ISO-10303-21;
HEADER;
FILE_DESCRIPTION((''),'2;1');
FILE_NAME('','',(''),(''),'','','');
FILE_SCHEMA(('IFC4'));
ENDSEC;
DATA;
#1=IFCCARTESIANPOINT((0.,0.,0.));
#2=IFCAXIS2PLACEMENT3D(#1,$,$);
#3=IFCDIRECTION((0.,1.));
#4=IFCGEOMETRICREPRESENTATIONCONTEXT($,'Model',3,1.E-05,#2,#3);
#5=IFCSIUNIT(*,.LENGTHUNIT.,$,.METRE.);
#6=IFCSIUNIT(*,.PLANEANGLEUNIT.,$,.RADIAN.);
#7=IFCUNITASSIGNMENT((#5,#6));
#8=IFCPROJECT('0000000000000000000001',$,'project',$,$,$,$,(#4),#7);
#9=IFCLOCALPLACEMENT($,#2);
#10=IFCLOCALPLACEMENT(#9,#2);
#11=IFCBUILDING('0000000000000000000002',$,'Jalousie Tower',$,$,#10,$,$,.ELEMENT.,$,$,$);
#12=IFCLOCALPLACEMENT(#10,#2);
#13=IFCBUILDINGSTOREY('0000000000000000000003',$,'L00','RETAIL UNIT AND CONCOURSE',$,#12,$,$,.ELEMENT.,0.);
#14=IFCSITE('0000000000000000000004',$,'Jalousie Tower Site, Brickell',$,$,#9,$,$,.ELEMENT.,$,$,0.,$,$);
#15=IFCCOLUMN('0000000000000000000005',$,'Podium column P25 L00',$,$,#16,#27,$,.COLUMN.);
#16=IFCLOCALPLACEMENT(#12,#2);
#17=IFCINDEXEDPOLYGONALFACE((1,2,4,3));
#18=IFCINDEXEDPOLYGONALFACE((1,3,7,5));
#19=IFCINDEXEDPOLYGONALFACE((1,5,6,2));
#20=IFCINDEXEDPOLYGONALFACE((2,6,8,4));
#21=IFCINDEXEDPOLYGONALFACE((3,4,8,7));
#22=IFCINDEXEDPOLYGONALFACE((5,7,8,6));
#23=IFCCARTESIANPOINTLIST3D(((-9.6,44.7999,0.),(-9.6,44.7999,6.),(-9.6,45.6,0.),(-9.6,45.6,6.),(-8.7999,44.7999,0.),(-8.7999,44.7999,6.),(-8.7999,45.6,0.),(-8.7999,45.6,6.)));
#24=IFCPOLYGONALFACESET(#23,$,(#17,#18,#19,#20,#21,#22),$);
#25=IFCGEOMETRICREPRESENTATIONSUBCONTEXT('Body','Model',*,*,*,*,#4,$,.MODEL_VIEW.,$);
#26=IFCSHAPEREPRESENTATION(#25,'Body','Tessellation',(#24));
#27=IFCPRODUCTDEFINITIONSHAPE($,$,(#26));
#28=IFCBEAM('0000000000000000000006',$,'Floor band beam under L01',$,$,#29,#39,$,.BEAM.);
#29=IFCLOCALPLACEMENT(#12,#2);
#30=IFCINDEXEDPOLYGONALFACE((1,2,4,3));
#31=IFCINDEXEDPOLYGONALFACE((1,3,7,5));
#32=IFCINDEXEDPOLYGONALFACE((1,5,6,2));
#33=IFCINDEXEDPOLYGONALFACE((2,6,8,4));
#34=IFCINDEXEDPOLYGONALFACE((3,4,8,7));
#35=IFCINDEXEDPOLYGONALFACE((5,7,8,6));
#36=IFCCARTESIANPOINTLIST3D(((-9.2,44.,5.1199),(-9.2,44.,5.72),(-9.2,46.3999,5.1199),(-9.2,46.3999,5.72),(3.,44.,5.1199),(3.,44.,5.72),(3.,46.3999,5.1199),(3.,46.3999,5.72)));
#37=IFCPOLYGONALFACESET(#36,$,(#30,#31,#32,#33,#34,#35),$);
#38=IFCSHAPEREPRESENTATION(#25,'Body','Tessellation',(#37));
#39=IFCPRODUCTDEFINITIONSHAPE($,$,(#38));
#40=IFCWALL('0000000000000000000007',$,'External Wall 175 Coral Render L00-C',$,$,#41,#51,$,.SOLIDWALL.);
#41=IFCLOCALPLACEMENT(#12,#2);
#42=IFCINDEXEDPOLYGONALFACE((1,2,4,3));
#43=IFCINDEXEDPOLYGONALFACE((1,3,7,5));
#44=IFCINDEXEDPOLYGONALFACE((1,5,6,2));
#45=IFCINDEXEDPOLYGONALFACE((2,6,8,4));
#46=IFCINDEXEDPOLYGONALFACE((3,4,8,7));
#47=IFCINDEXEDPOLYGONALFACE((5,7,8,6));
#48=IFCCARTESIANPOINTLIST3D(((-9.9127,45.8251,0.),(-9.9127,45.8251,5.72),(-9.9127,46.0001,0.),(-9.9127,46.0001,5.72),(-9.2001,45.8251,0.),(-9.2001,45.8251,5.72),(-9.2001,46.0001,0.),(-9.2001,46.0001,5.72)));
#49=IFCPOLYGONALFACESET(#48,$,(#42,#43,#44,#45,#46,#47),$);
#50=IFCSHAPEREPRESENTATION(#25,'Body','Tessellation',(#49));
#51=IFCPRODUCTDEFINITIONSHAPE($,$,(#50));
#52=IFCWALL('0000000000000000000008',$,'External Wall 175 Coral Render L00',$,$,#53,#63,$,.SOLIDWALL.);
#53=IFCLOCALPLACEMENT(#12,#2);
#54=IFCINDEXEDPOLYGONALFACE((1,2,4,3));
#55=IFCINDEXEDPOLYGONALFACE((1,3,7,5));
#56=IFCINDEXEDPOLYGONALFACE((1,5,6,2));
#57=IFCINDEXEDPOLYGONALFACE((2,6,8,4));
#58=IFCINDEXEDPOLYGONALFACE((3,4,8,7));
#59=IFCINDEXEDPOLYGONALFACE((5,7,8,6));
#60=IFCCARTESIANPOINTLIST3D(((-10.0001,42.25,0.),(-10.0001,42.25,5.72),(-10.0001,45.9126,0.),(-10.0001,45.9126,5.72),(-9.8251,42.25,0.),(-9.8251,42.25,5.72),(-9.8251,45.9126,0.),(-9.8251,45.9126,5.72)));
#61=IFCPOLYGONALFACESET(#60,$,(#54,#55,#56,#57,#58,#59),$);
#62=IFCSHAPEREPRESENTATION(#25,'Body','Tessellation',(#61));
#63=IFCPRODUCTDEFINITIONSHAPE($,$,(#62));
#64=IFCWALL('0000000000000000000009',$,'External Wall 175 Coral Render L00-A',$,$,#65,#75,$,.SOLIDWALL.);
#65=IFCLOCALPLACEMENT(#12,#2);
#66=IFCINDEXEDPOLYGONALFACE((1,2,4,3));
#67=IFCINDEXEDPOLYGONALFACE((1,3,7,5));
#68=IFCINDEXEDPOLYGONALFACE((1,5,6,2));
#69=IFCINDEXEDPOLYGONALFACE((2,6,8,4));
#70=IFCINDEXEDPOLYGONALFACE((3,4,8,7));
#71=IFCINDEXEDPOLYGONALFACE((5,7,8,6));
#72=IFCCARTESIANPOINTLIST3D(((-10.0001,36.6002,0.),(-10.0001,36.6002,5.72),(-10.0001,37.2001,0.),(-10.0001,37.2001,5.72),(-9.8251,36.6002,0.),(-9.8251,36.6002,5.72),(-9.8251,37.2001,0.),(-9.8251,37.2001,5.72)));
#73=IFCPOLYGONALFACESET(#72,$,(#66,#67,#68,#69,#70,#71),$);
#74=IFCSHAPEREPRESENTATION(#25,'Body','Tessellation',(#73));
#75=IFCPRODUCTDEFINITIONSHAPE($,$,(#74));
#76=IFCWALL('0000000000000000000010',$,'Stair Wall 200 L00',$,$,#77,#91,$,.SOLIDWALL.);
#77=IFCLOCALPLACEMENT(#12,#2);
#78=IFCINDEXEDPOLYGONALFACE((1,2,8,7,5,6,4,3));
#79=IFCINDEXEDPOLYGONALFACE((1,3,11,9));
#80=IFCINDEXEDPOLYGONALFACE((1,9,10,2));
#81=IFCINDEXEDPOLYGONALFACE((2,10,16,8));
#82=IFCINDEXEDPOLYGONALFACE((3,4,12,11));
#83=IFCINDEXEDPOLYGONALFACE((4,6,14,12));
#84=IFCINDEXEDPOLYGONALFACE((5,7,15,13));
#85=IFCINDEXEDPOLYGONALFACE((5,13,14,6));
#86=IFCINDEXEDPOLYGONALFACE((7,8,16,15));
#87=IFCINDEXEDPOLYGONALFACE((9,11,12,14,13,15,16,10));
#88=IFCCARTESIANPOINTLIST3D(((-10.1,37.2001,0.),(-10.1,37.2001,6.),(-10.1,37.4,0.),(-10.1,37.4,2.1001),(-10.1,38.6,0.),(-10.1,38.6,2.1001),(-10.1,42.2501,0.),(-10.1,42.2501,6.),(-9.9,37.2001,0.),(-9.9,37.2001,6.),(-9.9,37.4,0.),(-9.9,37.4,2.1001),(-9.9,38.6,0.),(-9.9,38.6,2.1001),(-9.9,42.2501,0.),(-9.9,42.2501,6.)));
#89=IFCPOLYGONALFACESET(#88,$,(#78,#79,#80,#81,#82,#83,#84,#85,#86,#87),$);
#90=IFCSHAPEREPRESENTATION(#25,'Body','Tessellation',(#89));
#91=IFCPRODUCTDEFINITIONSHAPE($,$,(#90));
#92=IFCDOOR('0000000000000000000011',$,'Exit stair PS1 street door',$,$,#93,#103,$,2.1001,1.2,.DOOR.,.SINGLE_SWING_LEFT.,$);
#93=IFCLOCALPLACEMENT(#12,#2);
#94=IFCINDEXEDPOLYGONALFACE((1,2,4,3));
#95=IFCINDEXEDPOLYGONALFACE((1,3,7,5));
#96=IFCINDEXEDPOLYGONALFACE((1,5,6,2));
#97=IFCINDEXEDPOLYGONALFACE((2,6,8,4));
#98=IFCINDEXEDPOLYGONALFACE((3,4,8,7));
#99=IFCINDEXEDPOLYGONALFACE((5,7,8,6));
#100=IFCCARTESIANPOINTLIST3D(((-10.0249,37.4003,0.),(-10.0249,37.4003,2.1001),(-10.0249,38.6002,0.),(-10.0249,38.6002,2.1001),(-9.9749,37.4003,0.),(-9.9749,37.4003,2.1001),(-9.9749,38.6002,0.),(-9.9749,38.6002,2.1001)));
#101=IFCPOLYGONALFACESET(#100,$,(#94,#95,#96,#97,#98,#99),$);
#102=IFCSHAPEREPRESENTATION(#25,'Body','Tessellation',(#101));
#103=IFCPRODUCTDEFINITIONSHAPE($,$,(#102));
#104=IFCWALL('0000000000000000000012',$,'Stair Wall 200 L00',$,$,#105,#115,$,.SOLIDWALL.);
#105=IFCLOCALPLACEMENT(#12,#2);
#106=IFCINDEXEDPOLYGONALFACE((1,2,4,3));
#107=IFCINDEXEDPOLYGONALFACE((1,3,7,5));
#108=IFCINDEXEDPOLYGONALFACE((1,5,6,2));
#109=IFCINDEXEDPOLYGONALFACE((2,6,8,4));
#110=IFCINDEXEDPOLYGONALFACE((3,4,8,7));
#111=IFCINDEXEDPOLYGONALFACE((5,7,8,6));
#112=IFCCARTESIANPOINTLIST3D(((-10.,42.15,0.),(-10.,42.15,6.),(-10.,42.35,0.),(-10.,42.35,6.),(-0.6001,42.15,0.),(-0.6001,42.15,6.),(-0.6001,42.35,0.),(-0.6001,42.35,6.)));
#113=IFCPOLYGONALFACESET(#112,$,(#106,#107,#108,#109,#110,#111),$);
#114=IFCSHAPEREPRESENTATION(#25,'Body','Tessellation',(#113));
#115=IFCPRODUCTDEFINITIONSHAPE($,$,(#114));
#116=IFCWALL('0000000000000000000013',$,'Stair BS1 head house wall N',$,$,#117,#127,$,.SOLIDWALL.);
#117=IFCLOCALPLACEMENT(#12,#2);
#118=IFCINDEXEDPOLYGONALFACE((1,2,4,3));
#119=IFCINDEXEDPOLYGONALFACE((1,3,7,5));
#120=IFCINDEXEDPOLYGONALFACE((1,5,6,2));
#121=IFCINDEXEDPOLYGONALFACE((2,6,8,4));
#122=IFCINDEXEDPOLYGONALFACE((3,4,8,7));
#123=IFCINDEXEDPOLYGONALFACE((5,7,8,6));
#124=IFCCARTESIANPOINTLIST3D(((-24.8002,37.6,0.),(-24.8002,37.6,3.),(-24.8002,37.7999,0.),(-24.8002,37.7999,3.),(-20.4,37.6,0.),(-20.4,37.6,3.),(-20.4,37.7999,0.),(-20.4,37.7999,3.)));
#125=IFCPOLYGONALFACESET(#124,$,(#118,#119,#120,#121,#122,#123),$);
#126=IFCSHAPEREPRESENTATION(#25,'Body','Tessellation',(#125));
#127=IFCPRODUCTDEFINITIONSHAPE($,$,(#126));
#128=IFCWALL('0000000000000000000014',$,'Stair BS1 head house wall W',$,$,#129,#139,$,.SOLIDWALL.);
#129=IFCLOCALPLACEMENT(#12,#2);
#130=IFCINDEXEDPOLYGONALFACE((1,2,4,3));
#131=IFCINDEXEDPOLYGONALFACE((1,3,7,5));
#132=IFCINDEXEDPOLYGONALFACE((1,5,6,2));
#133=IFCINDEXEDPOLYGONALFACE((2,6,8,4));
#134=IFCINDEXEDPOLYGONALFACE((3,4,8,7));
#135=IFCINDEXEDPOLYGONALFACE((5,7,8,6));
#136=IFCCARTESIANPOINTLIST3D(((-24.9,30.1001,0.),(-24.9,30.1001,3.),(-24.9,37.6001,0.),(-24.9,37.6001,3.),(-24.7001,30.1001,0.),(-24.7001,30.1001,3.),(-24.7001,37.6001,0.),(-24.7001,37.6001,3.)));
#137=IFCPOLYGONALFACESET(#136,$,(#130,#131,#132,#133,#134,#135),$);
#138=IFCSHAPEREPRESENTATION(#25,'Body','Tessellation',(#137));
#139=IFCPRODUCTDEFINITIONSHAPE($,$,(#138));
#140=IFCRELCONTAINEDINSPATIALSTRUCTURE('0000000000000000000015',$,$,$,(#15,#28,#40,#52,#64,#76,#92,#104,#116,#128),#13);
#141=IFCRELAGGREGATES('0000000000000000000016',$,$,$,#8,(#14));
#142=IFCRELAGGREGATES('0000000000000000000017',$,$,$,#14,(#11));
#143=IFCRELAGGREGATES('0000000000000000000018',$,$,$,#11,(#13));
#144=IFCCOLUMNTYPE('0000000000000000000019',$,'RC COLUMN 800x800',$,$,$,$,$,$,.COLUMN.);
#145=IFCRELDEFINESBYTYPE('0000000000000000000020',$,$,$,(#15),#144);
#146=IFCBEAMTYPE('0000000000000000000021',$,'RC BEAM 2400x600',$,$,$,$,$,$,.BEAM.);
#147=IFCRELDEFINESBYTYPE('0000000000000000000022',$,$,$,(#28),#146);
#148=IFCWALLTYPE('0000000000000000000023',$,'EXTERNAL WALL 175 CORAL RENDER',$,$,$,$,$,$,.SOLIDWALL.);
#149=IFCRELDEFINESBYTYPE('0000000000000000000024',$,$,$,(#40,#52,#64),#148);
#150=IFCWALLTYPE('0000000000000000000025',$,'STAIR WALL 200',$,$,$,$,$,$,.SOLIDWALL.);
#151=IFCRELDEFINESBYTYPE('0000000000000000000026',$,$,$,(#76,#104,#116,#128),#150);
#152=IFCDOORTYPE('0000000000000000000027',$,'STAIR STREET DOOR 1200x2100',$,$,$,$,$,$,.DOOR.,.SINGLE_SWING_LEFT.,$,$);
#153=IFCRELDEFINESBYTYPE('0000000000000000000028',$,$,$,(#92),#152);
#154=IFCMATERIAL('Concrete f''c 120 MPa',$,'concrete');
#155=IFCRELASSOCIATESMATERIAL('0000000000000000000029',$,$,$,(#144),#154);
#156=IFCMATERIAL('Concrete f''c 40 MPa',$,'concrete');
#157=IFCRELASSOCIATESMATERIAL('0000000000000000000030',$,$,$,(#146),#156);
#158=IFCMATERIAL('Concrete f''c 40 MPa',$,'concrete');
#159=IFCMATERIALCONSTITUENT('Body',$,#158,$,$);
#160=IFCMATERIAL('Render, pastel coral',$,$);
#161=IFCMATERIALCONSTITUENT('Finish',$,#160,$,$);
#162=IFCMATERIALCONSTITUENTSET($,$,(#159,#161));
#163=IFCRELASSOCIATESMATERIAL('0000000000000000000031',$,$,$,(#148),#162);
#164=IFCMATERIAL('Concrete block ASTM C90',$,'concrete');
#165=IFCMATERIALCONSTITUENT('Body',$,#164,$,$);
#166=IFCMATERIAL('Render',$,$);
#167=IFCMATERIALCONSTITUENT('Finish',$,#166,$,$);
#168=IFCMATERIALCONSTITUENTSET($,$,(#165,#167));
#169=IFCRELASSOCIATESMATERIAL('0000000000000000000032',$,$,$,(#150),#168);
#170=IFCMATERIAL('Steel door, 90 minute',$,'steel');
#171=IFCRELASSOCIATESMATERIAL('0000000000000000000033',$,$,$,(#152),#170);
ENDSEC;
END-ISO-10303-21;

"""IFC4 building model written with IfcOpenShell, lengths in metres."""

from ifc_helpers import new_model, si_unit, direction, frame, frame_2d, origin, origin_2d, place, context, subcontext, project, spatial, rectangle, extrude, material, constituent, constituent_set, material_profile, profile_set, type_object, element, fill, save


model = new_model("IFC4")

# Units and contexts
model_context = context("Model", 3, precision=1e-05, world=origin(), true_north=direction((0.0, 1.0)))
body_context = subcontext(model_context, "Body", "Model", "MODEL_VIEW")
ifc_project = project(units=[si_unit("LENGTHUNIT", "METRE"), si_unit("PLANEANGLEUNIT", "RADIAN")], contexts=[model_context])

# Site, building, storey
site_placement = place(None, origin())
site = spatial("IfcSite", under=ifc_project, at=site_placement, Name="Jalousie Tower Site, Brickell", CompositionType="ELEMENT", RefElevation=0.0)
building_placement = place(site_placement, origin())
building = spatial("IfcBuilding", under=site, at=building_placement, Name="Jalousie Tower", CompositionType="ELEMENT")
storey_placement = place(building_placement, origin())
storey = spatial("IfcBuildingStorey", under=building, at=storey_placement, Name="L00", Description="RETAIL UNIT AND CONCOURSE", CompositionType="ELEMENT", Elevation=0.0)

# Column
ifc_material_1 = material(Name="Concrete f'c 120 MPa", Category="concrete")
ifc_material_profile_1 = material_profile(ifc_material_1, rectangle(XDim=0.8, YDim=0.8, at=origin_2d()), Name="RC 800x800")
ifc_profile_set_1 = profile_set([ifc_material_profile_1], Name="Concrete f'c 120 MPa")
column_type = type_object("IfcColumnType", Name="RC COLUMN 800x800", PredefinedType="COLUMN", material=ifc_profile_set_1)
column_placement = place(storey_placement, frame((-9.2, 45.2, 0.0), z_axis=(0.0, 0.0, 1.0), x_axis=(1.0, 0.0, 0.0)))
element("IfcColumn", 1, at=column_placement, inside=storey, type_object=column_type, Name="Podium column P25 L00", PredefinedType="COLUMN", context=body_context, shape_type="SweptSolid", body=[
    extrude(rectangle(XDim=0.8, YDim=0.8, at=origin_2d()), origin(), (0.0, 0.0, 1.0), 6.0),
])

# Beam
ifc_material_2 = material(Name="Concrete f'c 40 MPa", Category="concrete")
ifc_material_profile_2 = material_profile(ifc_material_2, rectangle(XDim=2.3999, YDim=0.6001, at=origin_2d()), Name="RC 2400x600")
ifc_profile_set_2 = profile_set([ifc_material_profile_2], Name="Concrete f'c 40 MPa")
beam_type = type_object("IfcBeamType", Name="RC BEAM 2400x600", PredefinedType="BEAM", material=ifc_profile_set_2)
beam_placement = place(storey_placement, frame((-9.2, 45.2, 5.4199), z_axis=(1.0, 0.0, 0.0), x_axis=(0.0, 1.0, 0.0)))
element("IfcBeam", 2, at=beam_placement, inside=storey, type_object=beam_type, Name="Floor band beam under L01", PredefinedType="BEAM", context=body_context, shape_type="SweptSolid", body=[
    extrude(rectangle(XDim=2.3999, YDim=0.6001, at=origin_2d()), origin(), (0.0, 0.0, 1.0), 12.2),
])

# Walls
ifc_material_3 = material(Name="Concrete f'c 40 MPa", Category="concrete")
ifc_constituent_1 = constituent(ifc_material_3, Name="Body")
ifc_material_4 = material(Name="Render, pastel coral")
ifc_constituent_2 = constituent(ifc_material_4, Name="Finish")
ifc_constituent_set_1 = constituent_set(constituents=[ifc_constituent_1, ifc_constituent_2])
wall_type_1 = type_object("IfcWallType", Name="EXTERNAL WALL 175 CORAL RENDER", PredefinedType="SOLIDWALL", material=ifc_constituent_set_1)
wall_1_placement = place(storey_placement, frame((-9.2, 45.9126, 0.0), z_axis=(0.0, 0.0, 1.0), x_axis=(-1.0, 0.0, 0.0)))
element("IfcWall", 3, at=wall_1_placement, inside=storey, type_object=wall_type_1, Name="External Wall 175 Coral Render L00-C", PredefinedType="SOLIDWALL", context=body_context, shape_type="SweptSolid", body=[
    extrude(rectangle(XDim=0.7126, YDim=0.175, at=frame_2d((0.3564, 0.0))), origin(), (0.0, 0.0, 1.0), 5.72),
])
wall_2_placement = place(storey_placement, frame((-9.9126, 45.9126, 0.0), z_axis=(0.0, 0.0, 1.0), x_axis=(0.0, -1.0, 0.0)))
element("IfcWall", 4, at=wall_2_placement, inside=storey, type_object=wall_type_1, Name="External Wall 175 Coral Render L00", PredefinedType="SOLIDWALL", context=body_context, shape_type="SweptSolid", body=[
    extrude(rectangle(XDim=3.6626, YDim=0.175, at=frame_2d((1.8313, 0.0))), origin(), (0.0, 0.0, 1.0), 5.72),
])
wall_3_placement = place(storey_placement, frame((-9.9126, 37.2, 0.0), z_axis=(0.0, 0.0, 1.0), x_axis=(0.0, -1.0, 0.0)))
element("IfcWall", 5, at=wall_3_placement, inside=storey, type_object=wall_type_1, Name="External Wall 175 Coral Render L00-A", PredefinedType="SOLIDWALL", context=body_context, shape_type="SweptSolid", body=[
    extrude(rectangle(XDim=0.5999, YDim=0.175, at=frame_2d((0.2998, 0.0))), origin(), (0.0, 0.0, 1.0), 5.72),
])

# Wall, opening, door
ifc_material_5 = material(Name="Concrete block ASTM C90", Category="concrete")
ifc_constituent_3 = constituent(ifc_material_5, Name="Body")
ifc_material_6 = material(Name="Render")
ifc_constituent_4 = constituent(ifc_material_6, Name="Finish")
ifc_constituent_set_2 = constituent_set(constituents=[ifc_constituent_3, ifc_constituent_4])
wall_type_2 = type_object("IfcWallType", Name="STAIR WALL 200", PredefinedType="SOLIDWALL", material=ifc_constituent_set_2)
wall_4_placement = place(storey_placement, frame((-10.0, 42.25, 0.0), z_axis=(0.0, 0.0, 1.0), x_axis=(0.0, -1.0, 0.0)))
wall_4 = element("IfcWall", 6, at=wall_4_placement, inside=storey, type_object=wall_type_2, Name="Stair Wall 200 L00", PredefinedType="SOLIDWALL", context=body_context, shape_type="SweptSolid", body=[
    extrude(rectangle(XDim=5.05, YDim=0.2, at=frame_2d((2.5249, 0.0))), origin(), (0.0, 0.0, 1.0), 6.0),
])
opening_placement = place(wall_4_placement, frame((3.6499, 0.0, 0.0)))
opening = element("IfcOpeningElement", 7, at=opening_placement, cuts=wall_4, PredefinedType="OPENING", context=body_context, shape_type="SweptSolid", body=[
    extrude(rectangle(XDim=1.2, YDim=2.1001, at=frame_2d((0.6001, 1.05))), frame((0.0, 0.1099, 0.0), z_axis=(0.0, -1.0, 0.0), x_axis=(1.0, 0.0, 0.0)), (0.0, 0.0, 1.0), 0.22),
])
ifc_material_7 = material(Name="Steel door, 90 minute", Category="steel")
door_type = type_object("IfcDoorType", Name="STAIR STREET DOOR 1200x2100", OperationType="SINGLE_SWING_LEFT", PredefinedType="DOOR", material=ifc_material_7)
door_placement = place(opening_placement, frame((1.2, 0.0, 0.0), z_axis=(0.0, 0.0, 1.0), x_axis=(-1.0, 0.0, 0.0)))
door = element("IfcDoor", 8, at=door_placement, inside=storey, type_object=door_type, Name="Exit stair PS1 street door", OperationType="SINGLE_SWING_LEFT", OverallHeight=2.1001, OverallWidth=1.2, PredefinedType="DOOR", context=body_context, shape_type="SweptSolid", body=[
    extrude(rectangle(XDim=1.2, YDim=2.1001, at=frame_2d((0.6001, 1.05))), frame((0.0, 0.0249, 0.0), z_axis=(0.0, -1.0, 0.0), x_axis=(1.0, 0.0, 0.0)), (0.0, 0.0, 1.0), 0.05),
])
fill(opening, door)

# Walls
wall_5_placement = place(storey_placement, frame((-10.0, 42.25, 0.0), z_axis=(0.0, 0.0, 1.0), x_axis=(1.0, 0.0, 0.0)))
element("IfcWall", 9, at=wall_5_placement, inside=storey, type_object=wall_type_2, Name="Stair Wall 200 L00", PredefinedType="SOLIDWALL", context=body_context, shape_type="SweptSolid", body=[
    extrude(rectangle(XDim=9.3999, YDim=0.2, at=frame_2d((4.7, 0.0))), origin(), (0.0, 0.0, 1.0), 6.0),
])
wall_6_placement = place(storey_placement, frame((-20.3999, 37.7, 0.0), z_axis=(0.0, 0.0, 1.0), x_axis=(-1.0, 0.0, 0.0)))
element("IfcWall", 10, at=wall_6_placement, inside=storey, type_object=wall_type_2, Name="Stair BS1 head house wall N", PredefinedType="SOLIDWALL", context=body_context, shape_type="SweptSolid", body=[
    extrude(rectangle(XDim=4.4001, YDim=0.2, at=frame_2d((2.2002, 0.0))), origin(), (0.0, 0.0, 1.0), 3.0),
])
wall_7_placement = place(storey_placement, frame((-24.8, 37.6001, 0.0), z_axis=(0.0, 0.0, 1.0), x_axis=(0.0, -1.0, 0.0)))
element("IfcWall", 11, at=wall_7_placement, inside=storey, type_object=wall_type_2, Name="Stair BS1 head house wall W", PredefinedType="SOLIDWALL", context=body_context, shape_type="SweptSolid", body=[
    extrude(rectangle(XDim=7.5, YDim=0.2, at=frame_2d((3.75, 0.0))), origin(), (0.0, 0.0, 1.0), 3.0),
])

save(model, "model.ifc")
